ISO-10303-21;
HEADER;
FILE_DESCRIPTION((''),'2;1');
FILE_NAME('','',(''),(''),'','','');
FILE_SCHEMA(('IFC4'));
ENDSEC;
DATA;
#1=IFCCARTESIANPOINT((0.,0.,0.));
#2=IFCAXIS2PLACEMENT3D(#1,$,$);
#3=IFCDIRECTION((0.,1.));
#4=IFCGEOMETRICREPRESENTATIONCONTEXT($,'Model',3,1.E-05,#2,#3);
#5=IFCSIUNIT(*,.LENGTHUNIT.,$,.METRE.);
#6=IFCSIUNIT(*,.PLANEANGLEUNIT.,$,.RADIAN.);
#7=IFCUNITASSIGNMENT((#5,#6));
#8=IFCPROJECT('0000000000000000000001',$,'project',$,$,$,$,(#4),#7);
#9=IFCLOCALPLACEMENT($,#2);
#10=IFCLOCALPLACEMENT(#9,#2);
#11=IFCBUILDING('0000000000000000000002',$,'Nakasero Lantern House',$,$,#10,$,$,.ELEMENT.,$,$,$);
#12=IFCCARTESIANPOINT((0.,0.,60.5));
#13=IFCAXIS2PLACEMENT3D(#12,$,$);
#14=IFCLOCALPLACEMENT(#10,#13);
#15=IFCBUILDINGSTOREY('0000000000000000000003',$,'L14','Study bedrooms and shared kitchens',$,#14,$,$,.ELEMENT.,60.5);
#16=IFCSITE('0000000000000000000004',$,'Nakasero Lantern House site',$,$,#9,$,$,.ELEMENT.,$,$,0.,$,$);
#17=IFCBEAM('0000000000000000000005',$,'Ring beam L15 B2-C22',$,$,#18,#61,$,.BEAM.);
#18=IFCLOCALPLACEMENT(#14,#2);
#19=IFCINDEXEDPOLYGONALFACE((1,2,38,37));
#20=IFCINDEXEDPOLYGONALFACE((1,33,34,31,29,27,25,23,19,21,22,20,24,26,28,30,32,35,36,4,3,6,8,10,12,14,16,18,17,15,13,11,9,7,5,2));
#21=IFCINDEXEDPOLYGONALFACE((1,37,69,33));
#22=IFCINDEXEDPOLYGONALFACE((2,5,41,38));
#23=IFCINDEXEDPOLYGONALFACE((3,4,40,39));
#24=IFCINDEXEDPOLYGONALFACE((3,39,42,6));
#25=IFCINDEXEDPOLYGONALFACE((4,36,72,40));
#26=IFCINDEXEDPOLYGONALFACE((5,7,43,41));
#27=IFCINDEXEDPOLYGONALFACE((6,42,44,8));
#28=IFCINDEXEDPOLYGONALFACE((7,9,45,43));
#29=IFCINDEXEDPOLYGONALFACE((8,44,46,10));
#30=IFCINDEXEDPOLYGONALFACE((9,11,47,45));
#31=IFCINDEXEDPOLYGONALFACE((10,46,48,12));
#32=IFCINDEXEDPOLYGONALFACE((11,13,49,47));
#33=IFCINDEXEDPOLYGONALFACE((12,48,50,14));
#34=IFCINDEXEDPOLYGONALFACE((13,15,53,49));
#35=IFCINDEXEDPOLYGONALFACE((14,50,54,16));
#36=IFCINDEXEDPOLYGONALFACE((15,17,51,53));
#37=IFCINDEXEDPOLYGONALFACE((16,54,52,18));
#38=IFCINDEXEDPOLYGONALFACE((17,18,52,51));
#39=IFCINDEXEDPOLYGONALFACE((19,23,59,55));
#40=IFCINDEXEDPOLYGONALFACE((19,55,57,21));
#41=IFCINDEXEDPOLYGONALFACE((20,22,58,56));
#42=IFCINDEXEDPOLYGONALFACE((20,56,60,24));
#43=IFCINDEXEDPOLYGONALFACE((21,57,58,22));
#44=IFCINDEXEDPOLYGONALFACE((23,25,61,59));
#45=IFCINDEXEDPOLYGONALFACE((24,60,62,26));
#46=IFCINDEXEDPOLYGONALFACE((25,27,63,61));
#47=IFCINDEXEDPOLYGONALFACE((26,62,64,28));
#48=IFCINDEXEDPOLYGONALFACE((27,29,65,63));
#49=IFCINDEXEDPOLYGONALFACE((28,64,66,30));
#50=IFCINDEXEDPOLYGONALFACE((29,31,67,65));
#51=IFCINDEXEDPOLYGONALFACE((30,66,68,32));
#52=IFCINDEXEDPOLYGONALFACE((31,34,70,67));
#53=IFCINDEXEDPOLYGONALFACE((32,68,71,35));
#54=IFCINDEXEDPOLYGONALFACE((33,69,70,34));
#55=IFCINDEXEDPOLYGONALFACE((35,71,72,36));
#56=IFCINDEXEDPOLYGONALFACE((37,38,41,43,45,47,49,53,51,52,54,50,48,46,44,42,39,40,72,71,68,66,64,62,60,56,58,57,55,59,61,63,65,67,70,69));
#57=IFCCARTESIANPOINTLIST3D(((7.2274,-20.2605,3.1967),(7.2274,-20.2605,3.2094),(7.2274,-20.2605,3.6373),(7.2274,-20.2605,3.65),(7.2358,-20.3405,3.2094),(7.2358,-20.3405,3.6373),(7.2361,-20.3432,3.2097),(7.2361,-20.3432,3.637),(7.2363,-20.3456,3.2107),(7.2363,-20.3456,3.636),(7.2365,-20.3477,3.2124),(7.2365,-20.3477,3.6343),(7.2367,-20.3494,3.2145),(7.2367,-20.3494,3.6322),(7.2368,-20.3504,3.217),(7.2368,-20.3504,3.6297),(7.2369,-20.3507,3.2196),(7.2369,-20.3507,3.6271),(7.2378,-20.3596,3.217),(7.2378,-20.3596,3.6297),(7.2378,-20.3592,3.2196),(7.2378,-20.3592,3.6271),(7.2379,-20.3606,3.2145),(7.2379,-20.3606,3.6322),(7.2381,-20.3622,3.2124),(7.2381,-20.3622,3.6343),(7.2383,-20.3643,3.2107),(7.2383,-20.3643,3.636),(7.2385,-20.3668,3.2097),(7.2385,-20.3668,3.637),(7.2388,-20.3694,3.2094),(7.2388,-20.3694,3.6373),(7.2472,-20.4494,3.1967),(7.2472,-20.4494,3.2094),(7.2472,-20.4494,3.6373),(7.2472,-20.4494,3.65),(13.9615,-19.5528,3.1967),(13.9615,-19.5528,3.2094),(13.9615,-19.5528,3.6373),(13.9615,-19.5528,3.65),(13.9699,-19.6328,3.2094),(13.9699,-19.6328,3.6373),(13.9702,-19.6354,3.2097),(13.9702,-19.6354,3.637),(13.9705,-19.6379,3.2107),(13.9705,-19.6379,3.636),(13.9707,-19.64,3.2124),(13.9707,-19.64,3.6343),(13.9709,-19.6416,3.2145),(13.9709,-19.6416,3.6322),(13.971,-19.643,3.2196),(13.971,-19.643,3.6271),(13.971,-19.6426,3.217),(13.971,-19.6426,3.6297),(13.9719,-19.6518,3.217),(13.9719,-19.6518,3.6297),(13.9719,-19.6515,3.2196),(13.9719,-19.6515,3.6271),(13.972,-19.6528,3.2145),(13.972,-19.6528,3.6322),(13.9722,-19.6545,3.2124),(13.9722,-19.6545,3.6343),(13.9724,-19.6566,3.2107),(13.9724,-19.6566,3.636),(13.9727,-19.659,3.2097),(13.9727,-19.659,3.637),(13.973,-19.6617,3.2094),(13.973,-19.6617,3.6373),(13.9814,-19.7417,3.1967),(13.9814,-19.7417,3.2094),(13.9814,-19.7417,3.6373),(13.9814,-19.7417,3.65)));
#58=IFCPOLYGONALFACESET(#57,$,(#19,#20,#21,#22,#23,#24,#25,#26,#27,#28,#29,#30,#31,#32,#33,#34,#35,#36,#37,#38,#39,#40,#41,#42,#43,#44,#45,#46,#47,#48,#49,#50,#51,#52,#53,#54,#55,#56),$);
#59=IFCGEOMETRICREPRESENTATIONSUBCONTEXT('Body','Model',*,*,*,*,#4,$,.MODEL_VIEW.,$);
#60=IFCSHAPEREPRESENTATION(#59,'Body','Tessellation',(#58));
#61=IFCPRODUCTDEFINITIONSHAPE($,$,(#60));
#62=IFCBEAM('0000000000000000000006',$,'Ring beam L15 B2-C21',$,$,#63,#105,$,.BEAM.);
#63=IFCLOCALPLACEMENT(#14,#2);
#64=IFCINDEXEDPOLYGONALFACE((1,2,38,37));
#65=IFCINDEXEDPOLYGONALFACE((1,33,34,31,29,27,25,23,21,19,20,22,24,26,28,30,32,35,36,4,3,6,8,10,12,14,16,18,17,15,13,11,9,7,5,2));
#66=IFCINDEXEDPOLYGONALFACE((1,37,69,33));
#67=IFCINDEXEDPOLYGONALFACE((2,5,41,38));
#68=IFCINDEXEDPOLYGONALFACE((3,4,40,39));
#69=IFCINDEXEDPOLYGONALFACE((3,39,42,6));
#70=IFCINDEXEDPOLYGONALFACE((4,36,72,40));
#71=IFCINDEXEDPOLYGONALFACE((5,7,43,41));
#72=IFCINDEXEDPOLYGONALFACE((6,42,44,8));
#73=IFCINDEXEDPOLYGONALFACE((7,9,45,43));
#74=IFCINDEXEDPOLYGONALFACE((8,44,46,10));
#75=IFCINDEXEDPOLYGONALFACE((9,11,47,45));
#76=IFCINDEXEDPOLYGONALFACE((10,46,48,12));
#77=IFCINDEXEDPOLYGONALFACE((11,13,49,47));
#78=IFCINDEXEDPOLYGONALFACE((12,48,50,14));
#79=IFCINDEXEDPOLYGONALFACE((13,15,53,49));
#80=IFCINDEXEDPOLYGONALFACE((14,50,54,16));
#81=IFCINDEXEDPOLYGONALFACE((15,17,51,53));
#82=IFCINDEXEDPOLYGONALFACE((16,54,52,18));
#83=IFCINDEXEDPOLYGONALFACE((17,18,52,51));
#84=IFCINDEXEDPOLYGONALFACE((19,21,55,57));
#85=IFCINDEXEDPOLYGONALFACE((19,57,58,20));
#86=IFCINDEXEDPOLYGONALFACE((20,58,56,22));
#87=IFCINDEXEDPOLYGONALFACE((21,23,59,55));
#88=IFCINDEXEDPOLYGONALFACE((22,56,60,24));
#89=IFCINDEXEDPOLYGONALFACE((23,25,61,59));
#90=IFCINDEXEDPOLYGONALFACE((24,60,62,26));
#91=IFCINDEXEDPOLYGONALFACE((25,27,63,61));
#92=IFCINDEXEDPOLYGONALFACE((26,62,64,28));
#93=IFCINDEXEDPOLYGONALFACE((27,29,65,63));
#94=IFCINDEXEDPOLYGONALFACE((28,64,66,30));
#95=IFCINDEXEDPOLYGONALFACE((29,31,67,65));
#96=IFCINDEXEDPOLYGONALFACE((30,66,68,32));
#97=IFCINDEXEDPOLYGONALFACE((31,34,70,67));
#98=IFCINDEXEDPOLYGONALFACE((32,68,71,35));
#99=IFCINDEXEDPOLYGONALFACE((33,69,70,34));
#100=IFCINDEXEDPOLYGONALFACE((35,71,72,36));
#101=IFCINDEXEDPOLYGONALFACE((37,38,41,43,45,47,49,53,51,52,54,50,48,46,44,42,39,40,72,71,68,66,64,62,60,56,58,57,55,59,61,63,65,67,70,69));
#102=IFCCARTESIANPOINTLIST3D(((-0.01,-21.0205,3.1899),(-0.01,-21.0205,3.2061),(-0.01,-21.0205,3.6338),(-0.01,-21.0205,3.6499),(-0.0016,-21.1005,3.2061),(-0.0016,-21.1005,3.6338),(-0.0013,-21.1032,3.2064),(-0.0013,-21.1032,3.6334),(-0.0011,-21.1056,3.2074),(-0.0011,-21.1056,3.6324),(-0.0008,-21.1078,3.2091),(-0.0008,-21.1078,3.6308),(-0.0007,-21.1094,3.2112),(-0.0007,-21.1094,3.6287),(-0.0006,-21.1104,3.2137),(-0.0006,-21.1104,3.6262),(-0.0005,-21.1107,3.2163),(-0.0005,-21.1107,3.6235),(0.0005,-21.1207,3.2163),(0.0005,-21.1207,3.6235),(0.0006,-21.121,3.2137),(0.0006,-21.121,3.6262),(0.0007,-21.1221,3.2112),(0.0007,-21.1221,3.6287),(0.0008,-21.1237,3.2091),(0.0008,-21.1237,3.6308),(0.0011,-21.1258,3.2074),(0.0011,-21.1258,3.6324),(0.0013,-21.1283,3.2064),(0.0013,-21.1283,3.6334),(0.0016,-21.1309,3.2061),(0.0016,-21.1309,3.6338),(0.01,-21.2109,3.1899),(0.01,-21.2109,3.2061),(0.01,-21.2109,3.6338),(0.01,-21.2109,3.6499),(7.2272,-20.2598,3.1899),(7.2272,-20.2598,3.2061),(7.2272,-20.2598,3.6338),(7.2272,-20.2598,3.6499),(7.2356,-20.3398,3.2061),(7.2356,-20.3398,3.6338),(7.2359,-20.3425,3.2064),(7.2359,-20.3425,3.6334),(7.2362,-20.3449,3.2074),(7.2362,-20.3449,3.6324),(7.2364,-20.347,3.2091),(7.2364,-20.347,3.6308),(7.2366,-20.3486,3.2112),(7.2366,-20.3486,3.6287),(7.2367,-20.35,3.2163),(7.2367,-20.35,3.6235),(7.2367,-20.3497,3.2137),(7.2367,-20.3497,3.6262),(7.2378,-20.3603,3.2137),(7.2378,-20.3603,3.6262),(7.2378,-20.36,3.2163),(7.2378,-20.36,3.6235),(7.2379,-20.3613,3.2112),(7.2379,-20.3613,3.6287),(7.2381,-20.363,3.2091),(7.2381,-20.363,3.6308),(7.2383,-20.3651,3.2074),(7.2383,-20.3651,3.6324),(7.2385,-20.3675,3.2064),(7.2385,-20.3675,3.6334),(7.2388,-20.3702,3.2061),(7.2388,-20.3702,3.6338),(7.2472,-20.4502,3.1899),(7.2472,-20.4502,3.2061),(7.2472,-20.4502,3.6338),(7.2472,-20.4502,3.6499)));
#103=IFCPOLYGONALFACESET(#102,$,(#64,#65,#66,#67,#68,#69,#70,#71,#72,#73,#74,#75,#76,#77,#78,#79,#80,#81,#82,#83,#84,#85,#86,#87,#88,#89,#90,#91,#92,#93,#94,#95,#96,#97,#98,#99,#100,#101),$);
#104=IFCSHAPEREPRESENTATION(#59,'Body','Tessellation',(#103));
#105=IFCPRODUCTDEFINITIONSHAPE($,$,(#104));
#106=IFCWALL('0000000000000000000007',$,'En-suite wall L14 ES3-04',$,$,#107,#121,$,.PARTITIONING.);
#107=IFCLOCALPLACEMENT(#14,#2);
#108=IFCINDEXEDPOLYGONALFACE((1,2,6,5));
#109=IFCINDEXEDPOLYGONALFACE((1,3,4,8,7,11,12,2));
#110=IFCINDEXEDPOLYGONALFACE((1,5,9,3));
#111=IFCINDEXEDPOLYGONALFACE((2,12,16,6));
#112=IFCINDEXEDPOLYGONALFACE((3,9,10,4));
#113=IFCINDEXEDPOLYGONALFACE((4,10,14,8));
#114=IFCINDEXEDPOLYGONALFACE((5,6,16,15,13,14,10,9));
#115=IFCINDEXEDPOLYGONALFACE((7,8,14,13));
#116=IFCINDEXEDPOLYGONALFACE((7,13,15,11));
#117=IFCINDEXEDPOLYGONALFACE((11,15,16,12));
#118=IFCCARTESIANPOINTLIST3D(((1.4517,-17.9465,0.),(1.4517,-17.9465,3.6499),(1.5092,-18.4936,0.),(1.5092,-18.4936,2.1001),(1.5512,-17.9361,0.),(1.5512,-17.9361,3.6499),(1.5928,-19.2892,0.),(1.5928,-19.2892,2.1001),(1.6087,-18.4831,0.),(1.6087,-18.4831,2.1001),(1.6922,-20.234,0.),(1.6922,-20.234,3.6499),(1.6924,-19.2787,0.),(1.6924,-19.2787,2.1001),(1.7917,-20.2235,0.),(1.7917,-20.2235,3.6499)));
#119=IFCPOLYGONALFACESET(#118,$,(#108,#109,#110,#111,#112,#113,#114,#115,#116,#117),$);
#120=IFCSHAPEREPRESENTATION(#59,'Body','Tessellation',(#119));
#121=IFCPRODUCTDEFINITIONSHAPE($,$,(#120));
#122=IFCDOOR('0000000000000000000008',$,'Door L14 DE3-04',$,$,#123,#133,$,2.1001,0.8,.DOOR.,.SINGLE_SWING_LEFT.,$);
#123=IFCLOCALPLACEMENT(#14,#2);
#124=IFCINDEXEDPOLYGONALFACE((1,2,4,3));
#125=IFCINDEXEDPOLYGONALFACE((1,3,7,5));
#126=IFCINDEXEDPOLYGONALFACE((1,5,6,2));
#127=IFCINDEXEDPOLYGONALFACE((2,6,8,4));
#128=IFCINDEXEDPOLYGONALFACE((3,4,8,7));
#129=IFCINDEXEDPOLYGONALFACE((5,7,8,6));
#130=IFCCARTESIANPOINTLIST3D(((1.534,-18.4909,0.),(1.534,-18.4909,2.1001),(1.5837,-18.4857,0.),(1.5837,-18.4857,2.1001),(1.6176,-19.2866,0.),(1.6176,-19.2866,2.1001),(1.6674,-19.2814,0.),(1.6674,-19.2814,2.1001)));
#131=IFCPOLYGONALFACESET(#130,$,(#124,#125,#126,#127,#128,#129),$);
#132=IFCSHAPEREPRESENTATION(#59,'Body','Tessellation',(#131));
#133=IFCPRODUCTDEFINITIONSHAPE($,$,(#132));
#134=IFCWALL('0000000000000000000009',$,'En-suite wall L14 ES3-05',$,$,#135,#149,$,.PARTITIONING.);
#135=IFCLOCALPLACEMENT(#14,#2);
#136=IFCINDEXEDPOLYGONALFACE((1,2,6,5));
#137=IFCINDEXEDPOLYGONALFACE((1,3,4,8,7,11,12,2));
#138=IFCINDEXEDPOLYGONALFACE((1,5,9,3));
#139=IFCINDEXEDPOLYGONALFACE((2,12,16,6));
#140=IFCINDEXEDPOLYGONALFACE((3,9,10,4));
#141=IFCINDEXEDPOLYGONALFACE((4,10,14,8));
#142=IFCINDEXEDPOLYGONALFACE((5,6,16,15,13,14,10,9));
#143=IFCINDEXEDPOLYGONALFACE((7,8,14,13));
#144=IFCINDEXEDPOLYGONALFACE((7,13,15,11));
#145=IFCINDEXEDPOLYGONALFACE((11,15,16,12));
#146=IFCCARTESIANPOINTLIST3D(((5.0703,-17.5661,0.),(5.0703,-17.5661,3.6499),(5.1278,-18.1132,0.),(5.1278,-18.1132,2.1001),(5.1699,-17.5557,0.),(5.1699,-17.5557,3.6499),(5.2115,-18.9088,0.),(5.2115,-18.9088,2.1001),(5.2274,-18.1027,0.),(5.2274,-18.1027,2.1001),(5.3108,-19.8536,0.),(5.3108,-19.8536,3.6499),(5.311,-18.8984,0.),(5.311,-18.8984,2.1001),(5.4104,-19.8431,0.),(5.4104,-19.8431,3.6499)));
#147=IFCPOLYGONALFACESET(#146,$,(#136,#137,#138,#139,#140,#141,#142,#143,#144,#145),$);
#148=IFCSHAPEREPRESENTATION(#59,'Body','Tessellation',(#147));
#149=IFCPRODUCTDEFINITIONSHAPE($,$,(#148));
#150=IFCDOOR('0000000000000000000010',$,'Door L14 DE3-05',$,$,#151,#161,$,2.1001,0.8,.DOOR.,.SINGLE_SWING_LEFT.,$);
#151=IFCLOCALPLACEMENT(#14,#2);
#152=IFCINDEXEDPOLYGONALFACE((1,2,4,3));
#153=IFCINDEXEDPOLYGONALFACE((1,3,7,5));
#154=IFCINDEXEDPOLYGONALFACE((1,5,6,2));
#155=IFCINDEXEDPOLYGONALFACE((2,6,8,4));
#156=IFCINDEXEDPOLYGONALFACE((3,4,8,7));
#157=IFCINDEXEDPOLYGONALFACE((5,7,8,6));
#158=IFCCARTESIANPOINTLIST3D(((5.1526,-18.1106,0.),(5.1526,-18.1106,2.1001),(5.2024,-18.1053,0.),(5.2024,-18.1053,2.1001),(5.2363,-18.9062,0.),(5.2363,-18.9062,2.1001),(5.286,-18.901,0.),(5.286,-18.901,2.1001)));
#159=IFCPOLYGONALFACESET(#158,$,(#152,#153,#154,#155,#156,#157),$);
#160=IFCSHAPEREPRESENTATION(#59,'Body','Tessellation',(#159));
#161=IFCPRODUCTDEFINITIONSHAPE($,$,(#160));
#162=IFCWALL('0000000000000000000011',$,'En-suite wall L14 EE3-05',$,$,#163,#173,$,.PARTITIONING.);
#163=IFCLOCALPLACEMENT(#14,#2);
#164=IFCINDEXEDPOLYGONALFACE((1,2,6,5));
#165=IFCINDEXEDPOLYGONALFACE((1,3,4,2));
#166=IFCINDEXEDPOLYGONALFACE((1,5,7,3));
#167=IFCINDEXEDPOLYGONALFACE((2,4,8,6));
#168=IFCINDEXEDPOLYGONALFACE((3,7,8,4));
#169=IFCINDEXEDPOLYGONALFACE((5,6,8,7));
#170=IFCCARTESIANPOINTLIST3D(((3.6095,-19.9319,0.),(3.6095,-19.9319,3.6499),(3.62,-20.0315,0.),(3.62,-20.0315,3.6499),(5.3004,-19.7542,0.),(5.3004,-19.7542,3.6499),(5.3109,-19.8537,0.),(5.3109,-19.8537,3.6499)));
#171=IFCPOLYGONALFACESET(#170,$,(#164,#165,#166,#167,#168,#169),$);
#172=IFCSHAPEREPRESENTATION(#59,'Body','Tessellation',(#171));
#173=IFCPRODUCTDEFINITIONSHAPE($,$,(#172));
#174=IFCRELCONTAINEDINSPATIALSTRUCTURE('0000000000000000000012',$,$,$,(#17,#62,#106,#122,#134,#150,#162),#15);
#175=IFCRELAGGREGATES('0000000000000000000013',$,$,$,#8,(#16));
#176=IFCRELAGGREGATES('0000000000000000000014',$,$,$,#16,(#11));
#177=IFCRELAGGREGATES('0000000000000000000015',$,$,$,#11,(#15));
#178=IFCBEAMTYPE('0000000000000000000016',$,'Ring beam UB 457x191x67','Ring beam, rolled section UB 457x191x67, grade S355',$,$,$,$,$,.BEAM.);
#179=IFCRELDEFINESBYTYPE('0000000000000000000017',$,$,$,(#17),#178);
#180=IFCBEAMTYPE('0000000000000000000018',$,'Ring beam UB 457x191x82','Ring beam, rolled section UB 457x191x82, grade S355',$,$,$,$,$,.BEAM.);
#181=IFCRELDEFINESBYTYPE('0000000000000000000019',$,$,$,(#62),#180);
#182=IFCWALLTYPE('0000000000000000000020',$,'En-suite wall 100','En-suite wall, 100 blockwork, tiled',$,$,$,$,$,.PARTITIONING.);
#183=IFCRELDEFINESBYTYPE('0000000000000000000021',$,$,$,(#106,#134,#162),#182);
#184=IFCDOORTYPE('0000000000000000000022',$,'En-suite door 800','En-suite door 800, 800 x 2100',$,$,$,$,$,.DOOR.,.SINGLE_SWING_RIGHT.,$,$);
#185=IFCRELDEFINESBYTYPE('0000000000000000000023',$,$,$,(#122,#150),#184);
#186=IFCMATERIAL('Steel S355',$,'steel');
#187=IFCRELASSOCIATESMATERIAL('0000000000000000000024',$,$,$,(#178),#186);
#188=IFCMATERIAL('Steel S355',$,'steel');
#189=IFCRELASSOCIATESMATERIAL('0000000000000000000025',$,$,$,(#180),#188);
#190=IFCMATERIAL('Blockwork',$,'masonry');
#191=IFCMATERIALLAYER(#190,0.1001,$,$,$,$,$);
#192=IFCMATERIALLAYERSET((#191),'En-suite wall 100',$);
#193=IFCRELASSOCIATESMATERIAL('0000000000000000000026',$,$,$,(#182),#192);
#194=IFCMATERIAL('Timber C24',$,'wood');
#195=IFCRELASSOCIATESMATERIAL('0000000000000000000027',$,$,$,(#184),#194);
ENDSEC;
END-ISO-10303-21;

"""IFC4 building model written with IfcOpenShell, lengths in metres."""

from ifc_helpers import new_model, si_unit, direction, frame, frame_2d, origin, origin_2d, place, context, subcontext, project, spatial, rectangle, i_section, extrude, material, layer, layer_set, material_profile, profile_set, type_object, element, fill, save


model = new_model("IFC4")

# Units and contexts
model_context = context("Model", 3, precision=1e-05, world=origin(), true_north=direction((0.0, 1.0)))
body_context = subcontext(model_context, "Body", "Model", "MODEL_VIEW")
ifc_project = project(units=[si_unit("LENGTHUNIT", "METRE"), si_unit("PLANEANGLEUNIT", "RADIAN")], contexts=[model_context])

# Site, building, storey
site_placement = place(None, origin())
site = spatial("IfcSite", under=ifc_project, at=site_placement, Name="Nakasero Lantern House site", CompositionType="ELEMENT", RefElevation=0.0)
building_placement = place(site_placement, origin())
building = spatial("IfcBuilding", under=site, at=building_placement, Name="Nakasero Lantern House", CompositionType="ELEMENT")
storey_placement = place(building_placement, frame((0.0, 0.0, 60.5)))
storey = spatial("IfcBuildingStorey", under=building, at=storey_placement, Name="L14", Description="Study bedrooms and shared kitchens", CompositionType="ELEMENT", Elevation=60.5)

# Beams
ifc_material_1 = material(Name="Steel S355", Category="steel")
ifc_material_profile_1 = material_profile(ifc_material_1, i_section(OverallWidth=0.1899, OverallDepth=0.4534, WebThickness=0.0085, FlangeThickness=0.0127, FilletRadius=0.0103, at=origin_2d()), Name="UB 457x191x67")
ifc_profile_set_1 = profile_set([ifc_material_profile_1], Name="Steel S355")
beam_type_1 = type_object("IfcBeamType", Name="Ring beam UB 457x191x67", Description="Ring beam, rolled section UB 457x191x67, grade S355", PredefinedType="BEAM", material=ifc_profile_set_1)
beam_1_placement = place(storey_placement, frame((7.2373, -20.355, 3.4233), z_axis=(0.994522, 0.104525, 0.0), x_axis=(-0.104525, 0.994522, 0.0)))
element("IfcBeam", 1, at=beam_1_placement, inside=storey, type_object=beam_type_1, Name="Ring beam L15 B2-C22", PredefinedType="BEAM", context=body_context, shape_type="SweptSolid", body=[
    extrude(i_section(OverallWidth=0.1899, OverallDepth=0.4534, WebThickness=0.0085, FlangeThickness=0.0127, FilletRadius=0.0103, at=origin_2d()), origin(), (0.0, 0.0, 1.0), 6.7712),
])
ifc_material_2 = material(Name="Steel S355", Category="steel")
ifc_material_profile_2 = material_profile(ifc_material_2, i_section(OverallWidth=0.1914, OverallDepth=0.46, WebThickness=0.01, FlangeThickness=0.0161, FilletRadius=0.0103, at=origin_2d()), Name="UB 457x191x82")
ifc_profile_set_2 = profile_set([ifc_material_profile_2], Name="Steel S355")
beam_type_2 = type_object("IfcBeamType", Name="Ring beam UB 457x191x82", Description="Ring beam, rolled section UB 457x191x82, grade S355", PredefinedType="BEAM", material=ifc_profile_set_2)
beam_2_placement = place(storey_placement, frame((0.0, -21.1157, 3.4199), z_axis=(0.994521, 0.104538, 0.0), x_axis=(-0.104538, 0.994521, 0.0)))
element("IfcBeam", 2, at=beam_2_placement, inside=storey, type_object=beam_type_2, Name="Ring beam L15 B2-C21", PredefinedType="BEAM", context=body_context, shape_type="SweptSolid", body=[
    extrude(i_section(OverallWidth=0.1914, OverallDepth=0.46, WebThickness=0.01, FlangeThickness=0.0161, FilletRadius=0.0103, at=origin_2d()), origin(), (0.0, 0.0, 1.0), 7.2771),
])

# Walls, openings, doors
ifc_material_3 = material(Name="Blockwork", Category="masonry")
ifc_layer_1 = layer(ifc_material_3, 0.1001)
ifc_layer_set_1 = layer_set([ifc_layer_1], Name="En-suite wall 100")
wall_type_1 = type_object("IfcWallType", Name="En-suite wall 100", Description="En-suite wall, 100 blockwork, tiled", PredefinedType="PARTITIONING", material=ifc_layer_set_1)
wall_1_placement = place(storey_placement, frame((1.5015, -17.9414, 0.0), z_axis=(0.0, 0.0, 1.0), x_axis=(0.104558, -0.994519, 0.0)))
wall_1 = element("IfcWall", 3, at=wall_1_placement, inside=storey, type_object=wall_type_1, Name="En-suite wall L14 ES3-04", PredefinedType="PARTITIONING", context=body_context, shape_type="SweptSolid", body=[
    extrude(rectangle(XDim=2.3, YDim=0.1001, at=frame_2d((1.1499, 0.0))), origin(), (0.0, 0.0, 1.0), 3.6499),
])
opening_1_placement = place(wall_1_placement, frame((0.55, 0.0, 0.0)))
opening_1 = element("IfcOpeningElement", 4, at=opening_1_placement, cuts=wall_1, PredefinedType="OPENING", context=body_context, shape_type="SweptSolid", body=[
    extrude(rectangle(XDim=0.8, YDim=2.1001, at=frame_2d((0.3999, 1.05))), frame((0.0, 0.0701, 0.0), z_axis=(0.0, -1.0, 0.0), x_axis=(1.0, 0.0, 0.0)), (0.0, 0.0, 1.0), 0.1401),
])
ifc_material_4 = material(Name="Timber C24", Category="wood")
door_type = type_object("IfcDoorType", Name="En-suite door 800", Description="En-suite door 800, 800 x 2100", OperationType="SINGLE_SWING_RIGHT", PredefinedType="DOOR", material=ifc_material_4)
door_1_placement = place(opening_1_placement, origin())
door_1 = element("IfcDoor", 5, at=door_1_placement, inside=storey, type_object=door_type, Name="Door L14 DE3-04", OperationType="SINGLE_SWING_LEFT", OverallHeight=2.1001, OverallWidth=0.8, PredefinedType="DOOR", context=body_context, shape_type="SweptSolid", body=[
    extrude(rectangle(XDim=0.8, YDim=2.1001, at=frame_2d((0.3999, 1.05))), frame((0.0, 0.0249, 0.0), z_axis=(0.0, -1.0, 0.0), x_axis=(1.0, 0.0, 0.0)), (0.0, 0.0, 1.0), 0.05),
])
fill(opening_1, door_1)
wall_2_placement = place(storey_placement, frame((5.1201, -17.561, 0.0), z_axis=(0.0, 0.0, 1.0), x_axis=(0.104558, -0.994519, 0.0)))
wall_2 = element("IfcWall", 6, at=wall_2_placement, inside=storey, type_object=wall_type_1, Name="En-suite wall L14 ES3-05", PredefinedType="PARTITIONING", context=body_context, shape_type="SweptSolid", body=[
    extrude(rectangle(XDim=2.3, YDim=0.1001, at=frame_2d((1.1499, 0.0))), origin(), (0.0, 0.0, 1.0), 3.6499),
])
opening_2_placement = place(wall_2_placement, frame((0.55, 0.0, 0.0)))
opening_2 = element("IfcOpeningElement", 7, at=opening_2_placement, cuts=wall_2, PredefinedType="OPENING", context=body_context, shape_type="SweptSolid", body=[
    extrude(rectangle(XDim=0.8, YDim=2.1001, at=frame_2d((0.3999, 1.05))), frame((0.0, 0.0701, 0.0), z_axis=(0.0, -1.0, 0.0), x_axis=(1.0, 0.0, 0.0)), (0.0, 0.0, 1.0), 0.1401),
])
door_2_placement = place(opening_2_placement, origin())
door_2 = element("IfcDoor", 8, at=door_2_placement, inside=storey, type_object=door_type, Name="Door L14 DE3-05", OperationType="SINGLE_SWING_LEFT", OverallHeight=2.1001, OverallWidth=0.8, PredefinedType="DOOR", context=body_context, shape_type="SweptSolid", body=[
    extrude(rectangle(XDim=0.8, YDim=2.1001, at=frame_2d((0.3999, 1.05))), frame((0.0, 0.0249, 0.0), z_axis=(0.0, -1.0, 0.0), x_axis=(1.0, 0.0, 0.0)), (0.0, 0.0, 1.0), 0.05),
])
fill(opening_2, door_2)

# Wall
wall_3_placement = place(storey_placement, frame((3.6147, -19.9817, 0.0), z_axis=(0.0, 0.0, 1.0), x_axis=(0.994521, 0.104535, 0.0)))
element("IfcWall", 9, at=wall_3_placement, inside=storey, type_object=wall_type_1, Name="En-suite wall L14 EE3-05", PredefinedType="PARTITIONING", context=body_context, shape_type="SweptSolid", body=[
    extrude(rectangle(XDim=1.7002, YDim=0.1001, at=frame_2d((0.8501, 0.0))), origin(), (0.0, 0.0, 1.0), 3.6499),
])

save(model, "model.ifc")
